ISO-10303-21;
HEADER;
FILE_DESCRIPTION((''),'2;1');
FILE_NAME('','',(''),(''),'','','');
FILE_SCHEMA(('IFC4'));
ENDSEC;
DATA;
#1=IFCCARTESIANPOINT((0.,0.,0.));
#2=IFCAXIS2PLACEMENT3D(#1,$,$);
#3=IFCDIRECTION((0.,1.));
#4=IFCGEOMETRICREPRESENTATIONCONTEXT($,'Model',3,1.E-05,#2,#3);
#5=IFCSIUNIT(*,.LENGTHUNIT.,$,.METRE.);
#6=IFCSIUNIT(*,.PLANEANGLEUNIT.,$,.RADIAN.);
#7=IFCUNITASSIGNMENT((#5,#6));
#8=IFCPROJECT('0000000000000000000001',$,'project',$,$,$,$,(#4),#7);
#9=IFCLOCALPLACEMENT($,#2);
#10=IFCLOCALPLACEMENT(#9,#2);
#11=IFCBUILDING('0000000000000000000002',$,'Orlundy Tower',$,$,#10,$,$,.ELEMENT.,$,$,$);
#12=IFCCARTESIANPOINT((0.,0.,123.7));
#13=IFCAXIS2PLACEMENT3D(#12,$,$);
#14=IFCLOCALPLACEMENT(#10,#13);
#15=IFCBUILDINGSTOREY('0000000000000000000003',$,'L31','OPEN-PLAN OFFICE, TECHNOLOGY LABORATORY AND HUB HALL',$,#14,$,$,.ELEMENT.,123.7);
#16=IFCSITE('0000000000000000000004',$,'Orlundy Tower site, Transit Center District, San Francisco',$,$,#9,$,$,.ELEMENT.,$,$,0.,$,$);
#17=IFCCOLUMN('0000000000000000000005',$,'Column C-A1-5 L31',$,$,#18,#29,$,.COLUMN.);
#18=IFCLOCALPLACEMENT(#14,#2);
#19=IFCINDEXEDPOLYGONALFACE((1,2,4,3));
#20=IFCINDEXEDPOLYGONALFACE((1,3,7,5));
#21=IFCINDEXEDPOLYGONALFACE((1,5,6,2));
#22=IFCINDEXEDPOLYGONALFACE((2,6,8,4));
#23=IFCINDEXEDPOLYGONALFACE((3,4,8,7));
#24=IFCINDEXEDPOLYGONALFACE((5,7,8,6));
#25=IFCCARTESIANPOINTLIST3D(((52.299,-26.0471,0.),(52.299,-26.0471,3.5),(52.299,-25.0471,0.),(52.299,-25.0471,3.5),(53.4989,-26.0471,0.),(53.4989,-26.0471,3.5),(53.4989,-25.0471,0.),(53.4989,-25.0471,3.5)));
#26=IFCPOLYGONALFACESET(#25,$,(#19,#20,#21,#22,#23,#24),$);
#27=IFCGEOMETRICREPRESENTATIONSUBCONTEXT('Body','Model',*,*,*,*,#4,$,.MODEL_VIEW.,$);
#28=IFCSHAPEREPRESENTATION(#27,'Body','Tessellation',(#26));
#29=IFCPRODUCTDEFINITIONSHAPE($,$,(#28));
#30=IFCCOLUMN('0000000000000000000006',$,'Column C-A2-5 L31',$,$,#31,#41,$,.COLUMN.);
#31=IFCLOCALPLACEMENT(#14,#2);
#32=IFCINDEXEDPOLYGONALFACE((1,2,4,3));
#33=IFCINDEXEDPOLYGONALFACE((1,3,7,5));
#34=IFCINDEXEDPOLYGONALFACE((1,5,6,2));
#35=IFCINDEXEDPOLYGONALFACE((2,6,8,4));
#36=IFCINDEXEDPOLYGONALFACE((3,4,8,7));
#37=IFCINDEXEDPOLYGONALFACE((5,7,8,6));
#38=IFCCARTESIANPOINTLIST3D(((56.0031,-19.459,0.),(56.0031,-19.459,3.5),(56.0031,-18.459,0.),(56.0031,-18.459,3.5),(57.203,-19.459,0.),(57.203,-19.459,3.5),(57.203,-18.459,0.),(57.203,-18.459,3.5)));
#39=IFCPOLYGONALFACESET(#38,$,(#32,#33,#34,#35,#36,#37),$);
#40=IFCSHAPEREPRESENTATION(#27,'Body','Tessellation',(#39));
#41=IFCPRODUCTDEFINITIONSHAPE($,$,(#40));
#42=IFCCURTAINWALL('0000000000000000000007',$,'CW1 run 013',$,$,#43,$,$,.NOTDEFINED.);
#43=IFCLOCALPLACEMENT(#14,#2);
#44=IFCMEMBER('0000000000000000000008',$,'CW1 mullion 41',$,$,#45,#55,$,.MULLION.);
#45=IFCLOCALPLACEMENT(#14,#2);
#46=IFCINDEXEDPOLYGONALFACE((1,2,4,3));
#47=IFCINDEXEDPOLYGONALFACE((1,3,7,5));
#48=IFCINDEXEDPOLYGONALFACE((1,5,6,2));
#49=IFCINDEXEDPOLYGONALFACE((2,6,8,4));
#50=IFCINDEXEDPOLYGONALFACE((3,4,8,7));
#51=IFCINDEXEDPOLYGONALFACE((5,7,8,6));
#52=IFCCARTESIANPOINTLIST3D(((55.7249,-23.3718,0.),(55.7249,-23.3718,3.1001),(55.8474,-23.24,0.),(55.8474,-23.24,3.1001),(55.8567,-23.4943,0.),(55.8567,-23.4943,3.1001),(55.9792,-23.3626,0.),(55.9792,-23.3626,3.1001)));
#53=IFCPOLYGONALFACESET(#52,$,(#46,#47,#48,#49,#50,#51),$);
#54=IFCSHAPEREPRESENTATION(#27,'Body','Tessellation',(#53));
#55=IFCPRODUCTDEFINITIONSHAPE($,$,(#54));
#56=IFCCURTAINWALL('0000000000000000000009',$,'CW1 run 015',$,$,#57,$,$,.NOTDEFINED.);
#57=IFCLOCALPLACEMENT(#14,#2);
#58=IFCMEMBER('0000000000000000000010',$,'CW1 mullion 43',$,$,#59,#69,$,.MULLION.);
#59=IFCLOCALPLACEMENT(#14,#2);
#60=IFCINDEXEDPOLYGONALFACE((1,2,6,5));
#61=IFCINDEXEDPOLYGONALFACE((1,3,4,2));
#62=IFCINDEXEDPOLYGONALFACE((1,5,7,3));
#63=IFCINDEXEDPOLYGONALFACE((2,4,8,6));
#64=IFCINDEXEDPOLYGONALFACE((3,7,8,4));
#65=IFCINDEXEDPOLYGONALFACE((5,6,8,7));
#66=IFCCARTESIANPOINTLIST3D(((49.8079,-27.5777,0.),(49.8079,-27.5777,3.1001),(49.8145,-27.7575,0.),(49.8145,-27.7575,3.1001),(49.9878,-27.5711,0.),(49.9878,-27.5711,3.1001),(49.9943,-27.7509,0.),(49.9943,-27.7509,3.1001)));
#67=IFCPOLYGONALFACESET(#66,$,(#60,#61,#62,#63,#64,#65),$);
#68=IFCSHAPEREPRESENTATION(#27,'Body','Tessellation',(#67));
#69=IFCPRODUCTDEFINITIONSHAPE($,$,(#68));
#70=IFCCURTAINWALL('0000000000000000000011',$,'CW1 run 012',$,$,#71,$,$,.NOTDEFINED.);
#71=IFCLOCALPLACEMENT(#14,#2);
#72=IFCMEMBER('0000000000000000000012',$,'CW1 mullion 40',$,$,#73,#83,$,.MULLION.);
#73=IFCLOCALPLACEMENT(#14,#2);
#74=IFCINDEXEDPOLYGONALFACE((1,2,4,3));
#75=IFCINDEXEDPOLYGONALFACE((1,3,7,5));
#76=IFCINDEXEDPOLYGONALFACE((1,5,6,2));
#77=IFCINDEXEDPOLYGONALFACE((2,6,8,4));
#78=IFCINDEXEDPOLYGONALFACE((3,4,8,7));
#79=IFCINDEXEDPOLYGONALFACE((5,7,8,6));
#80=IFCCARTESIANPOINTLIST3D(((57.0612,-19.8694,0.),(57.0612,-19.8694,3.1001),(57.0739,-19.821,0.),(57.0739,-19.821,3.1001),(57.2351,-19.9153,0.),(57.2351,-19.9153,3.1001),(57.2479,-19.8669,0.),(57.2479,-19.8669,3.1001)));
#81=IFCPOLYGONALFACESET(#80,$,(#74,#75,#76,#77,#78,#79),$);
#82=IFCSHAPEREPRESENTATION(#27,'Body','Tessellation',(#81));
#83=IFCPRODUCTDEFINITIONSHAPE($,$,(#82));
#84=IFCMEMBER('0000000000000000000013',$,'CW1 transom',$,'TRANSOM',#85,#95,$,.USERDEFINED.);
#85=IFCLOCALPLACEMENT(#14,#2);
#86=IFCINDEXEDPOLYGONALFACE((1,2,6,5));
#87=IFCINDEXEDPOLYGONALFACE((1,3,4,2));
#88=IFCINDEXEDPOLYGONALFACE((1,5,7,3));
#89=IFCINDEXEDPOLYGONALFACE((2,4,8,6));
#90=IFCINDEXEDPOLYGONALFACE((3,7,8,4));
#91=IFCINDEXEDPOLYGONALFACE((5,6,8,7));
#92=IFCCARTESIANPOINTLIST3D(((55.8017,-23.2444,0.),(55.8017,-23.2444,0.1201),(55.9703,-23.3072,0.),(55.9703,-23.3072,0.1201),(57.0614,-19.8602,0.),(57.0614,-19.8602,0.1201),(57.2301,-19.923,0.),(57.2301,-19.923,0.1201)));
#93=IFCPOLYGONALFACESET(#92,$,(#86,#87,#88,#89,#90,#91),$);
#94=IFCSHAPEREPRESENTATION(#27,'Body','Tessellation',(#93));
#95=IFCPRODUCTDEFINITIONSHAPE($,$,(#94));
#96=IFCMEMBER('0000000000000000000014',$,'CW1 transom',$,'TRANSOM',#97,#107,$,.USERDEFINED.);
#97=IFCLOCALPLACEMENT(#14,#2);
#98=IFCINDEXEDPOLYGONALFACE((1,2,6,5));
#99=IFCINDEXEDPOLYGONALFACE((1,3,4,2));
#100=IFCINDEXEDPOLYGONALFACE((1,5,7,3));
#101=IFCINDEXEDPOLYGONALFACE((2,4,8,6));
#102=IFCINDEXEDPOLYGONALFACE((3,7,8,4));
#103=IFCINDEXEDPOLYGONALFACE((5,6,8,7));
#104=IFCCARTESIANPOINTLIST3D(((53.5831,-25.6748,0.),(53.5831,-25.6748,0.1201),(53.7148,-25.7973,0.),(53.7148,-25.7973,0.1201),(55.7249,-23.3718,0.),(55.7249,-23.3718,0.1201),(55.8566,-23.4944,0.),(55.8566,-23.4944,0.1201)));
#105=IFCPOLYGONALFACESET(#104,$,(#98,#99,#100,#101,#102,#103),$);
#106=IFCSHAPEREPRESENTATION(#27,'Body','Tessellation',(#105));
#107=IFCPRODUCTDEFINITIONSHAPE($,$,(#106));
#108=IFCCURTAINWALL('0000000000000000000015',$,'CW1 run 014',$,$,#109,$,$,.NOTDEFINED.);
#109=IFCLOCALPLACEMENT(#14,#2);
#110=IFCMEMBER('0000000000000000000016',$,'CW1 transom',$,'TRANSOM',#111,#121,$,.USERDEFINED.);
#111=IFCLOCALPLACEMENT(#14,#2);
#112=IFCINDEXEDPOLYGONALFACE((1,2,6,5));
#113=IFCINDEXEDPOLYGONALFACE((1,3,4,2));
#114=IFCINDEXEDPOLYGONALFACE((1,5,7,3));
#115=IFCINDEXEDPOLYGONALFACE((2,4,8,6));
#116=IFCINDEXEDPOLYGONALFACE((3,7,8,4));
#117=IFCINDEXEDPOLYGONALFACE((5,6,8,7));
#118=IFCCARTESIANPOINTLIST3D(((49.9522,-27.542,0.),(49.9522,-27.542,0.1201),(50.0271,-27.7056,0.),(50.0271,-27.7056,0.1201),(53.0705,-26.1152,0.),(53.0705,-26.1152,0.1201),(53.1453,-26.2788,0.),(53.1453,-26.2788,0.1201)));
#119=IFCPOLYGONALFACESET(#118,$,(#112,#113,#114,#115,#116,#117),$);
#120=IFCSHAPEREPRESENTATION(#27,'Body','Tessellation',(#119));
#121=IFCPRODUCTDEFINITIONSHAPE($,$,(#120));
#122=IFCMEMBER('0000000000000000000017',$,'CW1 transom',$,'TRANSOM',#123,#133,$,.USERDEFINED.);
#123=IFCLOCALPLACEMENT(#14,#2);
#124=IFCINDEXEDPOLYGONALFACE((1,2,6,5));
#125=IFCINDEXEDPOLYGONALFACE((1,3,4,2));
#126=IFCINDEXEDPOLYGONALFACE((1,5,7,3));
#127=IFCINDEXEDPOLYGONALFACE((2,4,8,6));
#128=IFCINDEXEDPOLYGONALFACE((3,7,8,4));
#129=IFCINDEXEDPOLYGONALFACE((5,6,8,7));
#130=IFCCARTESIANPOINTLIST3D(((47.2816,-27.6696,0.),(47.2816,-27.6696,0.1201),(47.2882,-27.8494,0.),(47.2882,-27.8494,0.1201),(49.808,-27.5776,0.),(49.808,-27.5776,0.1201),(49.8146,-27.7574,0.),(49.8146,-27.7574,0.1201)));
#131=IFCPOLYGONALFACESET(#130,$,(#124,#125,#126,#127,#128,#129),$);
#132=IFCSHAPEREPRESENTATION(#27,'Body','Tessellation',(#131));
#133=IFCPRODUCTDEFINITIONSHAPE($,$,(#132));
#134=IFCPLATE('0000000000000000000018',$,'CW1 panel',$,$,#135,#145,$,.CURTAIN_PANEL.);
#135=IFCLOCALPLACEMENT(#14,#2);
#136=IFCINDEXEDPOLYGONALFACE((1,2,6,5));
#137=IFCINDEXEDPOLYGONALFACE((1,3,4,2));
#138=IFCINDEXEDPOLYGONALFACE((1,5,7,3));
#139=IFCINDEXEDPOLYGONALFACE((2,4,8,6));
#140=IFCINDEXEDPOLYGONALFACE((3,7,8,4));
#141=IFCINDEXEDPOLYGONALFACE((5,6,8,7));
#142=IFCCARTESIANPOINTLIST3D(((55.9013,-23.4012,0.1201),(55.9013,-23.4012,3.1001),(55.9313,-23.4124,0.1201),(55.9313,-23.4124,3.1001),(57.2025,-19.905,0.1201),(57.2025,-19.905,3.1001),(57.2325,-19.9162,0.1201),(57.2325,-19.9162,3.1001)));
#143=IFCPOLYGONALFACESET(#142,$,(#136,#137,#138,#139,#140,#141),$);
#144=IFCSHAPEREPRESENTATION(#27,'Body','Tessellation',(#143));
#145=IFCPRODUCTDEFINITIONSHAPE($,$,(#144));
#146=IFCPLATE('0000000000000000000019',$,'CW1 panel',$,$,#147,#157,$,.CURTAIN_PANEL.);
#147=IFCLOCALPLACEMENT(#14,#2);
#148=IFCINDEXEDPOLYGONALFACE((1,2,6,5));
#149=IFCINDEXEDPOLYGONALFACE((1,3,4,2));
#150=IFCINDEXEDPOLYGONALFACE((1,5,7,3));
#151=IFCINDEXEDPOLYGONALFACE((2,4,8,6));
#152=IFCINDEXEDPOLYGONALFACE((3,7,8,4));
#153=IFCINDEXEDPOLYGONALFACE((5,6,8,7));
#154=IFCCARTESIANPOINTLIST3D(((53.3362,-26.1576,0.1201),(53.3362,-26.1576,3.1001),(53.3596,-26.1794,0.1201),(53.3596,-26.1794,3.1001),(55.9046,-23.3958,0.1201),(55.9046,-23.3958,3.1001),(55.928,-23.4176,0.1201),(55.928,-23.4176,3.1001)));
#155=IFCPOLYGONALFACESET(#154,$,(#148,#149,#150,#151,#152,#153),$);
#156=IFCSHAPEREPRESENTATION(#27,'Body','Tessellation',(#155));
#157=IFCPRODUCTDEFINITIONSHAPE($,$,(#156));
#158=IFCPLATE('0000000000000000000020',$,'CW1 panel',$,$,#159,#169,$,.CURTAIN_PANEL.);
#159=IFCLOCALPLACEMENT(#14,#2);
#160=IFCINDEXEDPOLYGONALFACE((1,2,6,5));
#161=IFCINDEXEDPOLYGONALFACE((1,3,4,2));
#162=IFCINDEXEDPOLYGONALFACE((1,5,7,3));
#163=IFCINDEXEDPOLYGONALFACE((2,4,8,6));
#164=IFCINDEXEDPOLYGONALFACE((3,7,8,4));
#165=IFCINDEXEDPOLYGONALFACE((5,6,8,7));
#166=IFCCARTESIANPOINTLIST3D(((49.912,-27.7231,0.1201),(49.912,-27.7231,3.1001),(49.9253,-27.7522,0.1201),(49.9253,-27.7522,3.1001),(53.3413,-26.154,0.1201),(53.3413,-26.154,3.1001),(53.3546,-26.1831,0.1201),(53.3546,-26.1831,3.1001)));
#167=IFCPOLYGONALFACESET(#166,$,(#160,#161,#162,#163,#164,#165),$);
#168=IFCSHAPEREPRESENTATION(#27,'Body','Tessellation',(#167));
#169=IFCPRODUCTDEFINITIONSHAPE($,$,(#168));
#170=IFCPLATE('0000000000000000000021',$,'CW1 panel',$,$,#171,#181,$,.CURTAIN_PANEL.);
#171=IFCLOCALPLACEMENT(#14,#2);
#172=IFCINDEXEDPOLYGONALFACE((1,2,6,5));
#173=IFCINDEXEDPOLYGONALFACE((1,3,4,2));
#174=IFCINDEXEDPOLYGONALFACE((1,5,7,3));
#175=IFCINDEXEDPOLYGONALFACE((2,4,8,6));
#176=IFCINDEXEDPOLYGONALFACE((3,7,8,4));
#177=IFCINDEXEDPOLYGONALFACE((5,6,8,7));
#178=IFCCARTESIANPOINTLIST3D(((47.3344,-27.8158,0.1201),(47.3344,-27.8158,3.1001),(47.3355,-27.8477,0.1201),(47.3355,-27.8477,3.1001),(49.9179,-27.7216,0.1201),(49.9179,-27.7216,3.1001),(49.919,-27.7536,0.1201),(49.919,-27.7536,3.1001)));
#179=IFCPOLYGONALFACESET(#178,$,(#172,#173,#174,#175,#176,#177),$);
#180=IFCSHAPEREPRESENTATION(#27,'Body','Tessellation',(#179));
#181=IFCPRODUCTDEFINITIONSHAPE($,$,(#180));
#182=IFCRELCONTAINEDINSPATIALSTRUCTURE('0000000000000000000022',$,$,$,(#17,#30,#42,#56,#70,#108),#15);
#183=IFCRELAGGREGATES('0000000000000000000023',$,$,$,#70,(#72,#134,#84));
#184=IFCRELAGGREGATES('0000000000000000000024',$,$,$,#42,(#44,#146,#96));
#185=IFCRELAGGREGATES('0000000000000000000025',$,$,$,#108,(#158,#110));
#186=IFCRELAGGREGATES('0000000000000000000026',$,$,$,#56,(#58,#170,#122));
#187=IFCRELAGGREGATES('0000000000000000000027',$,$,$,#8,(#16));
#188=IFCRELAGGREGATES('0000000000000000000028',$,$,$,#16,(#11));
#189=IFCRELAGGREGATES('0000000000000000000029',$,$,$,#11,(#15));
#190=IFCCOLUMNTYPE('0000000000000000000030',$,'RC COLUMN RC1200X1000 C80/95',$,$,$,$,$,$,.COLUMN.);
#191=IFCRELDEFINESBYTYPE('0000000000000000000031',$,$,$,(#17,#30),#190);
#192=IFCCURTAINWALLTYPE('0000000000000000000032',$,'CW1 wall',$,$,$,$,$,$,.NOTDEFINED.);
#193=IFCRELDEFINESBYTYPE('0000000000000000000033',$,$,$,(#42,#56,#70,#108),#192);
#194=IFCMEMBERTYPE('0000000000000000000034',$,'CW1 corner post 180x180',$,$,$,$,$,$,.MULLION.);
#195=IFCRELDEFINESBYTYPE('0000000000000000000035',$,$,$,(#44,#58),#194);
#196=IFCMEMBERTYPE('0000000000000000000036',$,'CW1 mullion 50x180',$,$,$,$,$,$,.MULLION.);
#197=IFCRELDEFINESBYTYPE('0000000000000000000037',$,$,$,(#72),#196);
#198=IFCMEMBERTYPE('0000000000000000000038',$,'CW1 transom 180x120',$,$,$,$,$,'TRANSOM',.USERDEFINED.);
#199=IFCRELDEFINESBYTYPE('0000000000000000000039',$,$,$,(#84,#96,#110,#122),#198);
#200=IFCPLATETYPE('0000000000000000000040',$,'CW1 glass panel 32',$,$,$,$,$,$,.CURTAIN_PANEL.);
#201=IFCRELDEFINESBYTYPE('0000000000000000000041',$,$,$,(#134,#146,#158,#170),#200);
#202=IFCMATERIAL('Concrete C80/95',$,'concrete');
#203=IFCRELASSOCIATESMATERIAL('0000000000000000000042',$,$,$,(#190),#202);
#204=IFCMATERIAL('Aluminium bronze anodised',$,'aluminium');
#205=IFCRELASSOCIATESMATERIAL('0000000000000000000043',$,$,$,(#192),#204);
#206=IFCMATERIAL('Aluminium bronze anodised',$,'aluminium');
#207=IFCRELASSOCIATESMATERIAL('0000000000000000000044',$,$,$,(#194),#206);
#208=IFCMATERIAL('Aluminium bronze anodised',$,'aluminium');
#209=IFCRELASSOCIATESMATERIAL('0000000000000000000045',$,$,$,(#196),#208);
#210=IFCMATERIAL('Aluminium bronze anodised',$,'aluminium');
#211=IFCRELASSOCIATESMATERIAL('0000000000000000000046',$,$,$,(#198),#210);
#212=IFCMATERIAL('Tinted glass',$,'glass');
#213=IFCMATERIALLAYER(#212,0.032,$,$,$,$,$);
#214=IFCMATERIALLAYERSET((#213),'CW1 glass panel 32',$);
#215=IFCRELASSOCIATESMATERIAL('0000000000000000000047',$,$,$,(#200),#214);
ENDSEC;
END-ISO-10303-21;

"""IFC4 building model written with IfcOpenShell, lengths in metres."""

from ifc_helpers import new_model, si_unit, direction, frame, origin, origin_2d, place, context, subcontext, project, spatial, rectangle, extrude, material, layer, layer_set, material_profile, profile_set, type_object, element, aggregate, save


model = new_model("IFC4")

# Units and contexts
model_context = context("Model", 3, precision=1e-05, world=origin(), true_north=direction((0.0, 1.0)))
body_context = subcontext(model_context, "Body", "Model", "MODEL_VIEW")
ifc_project = project(units=[si_unit("LENGTHUNIT", "METRE"), si_unit("PLANEANGLEUNIT", "RADIAN")], contexts=[model_context])

# Site, building, storey
site_placement = place(None, origin())
site = spatial("IfcSite", under=ifc_project, at=site_placement, Name="Orlundy Tower site, Transit Center District, San Francisco", CompositionType="ELEMENT", RefElevation=0.0)
building_placement = place(site_placement, origin())
building = spatial("IfcBuilding", under=site, at=building_placement, Name="Orlundy Tower", CompositionType="ELEMENT")
storey_placement = place(building_placement, frame((0.0, 0.0, 123.7)))
storey = spatial("IfcBuildingStorey", under=building, at=storey_placement, Name="L31", Description="OPEN-PLAN OFFICE, TECHNOLOGY LABORATORY AND HUB HALL", CompositionType="ELEMENT", Elevation=123.7)

# Columns
ifc_material_1 = material(Name="Concrete C80/95", Category="concrete")
ifc_material_profile_1 = material_profile(ifc_material_1, rectangle(XDim=1.2, YDim=1.0, at=origin_2d()), Name="RC1200X1000")
ifc_profile_set_1 = profile_set([ifc_material_profile_1], Name="Concrete C80/95")
column_type = type_object("IfcColumnType", Name="RC COLUMN RC1200X1000 C80/95", PredefinedType="COLUMN", material=ifc_profile_set_1)
for number, where, z_axis, x_axis, name in (
    (1, (52.8989, -25.5471, 0.0), (0.0, 0.0, 1.0), (1.0, 0.0, 0.0), "Column C-A1-5 L31"),
    (2, (56.603, -18.959, 0.0), (0.0, 0.0, 1.0), (1.0, 0.0, 0.0), "Column C-A2-5 L31"),
):
    element("IfcColumn", number, at=place(storey_placement, frame(where, z_axis=z_axis, x_axis=x_axis)), inside=storey, type_object=column_type, Name=name, PredefinedType="COLUMN", context=body_context, shape_type="SweptSolid", body=[
        extrude(rectangle(XDim=1.2, YDim=1.0, at=origin_2d()), origin(), (0.0, 0.0, 1.0), 3.5),
    ])

# Curtain walls, members
ifc_material_2 = material(Name="Aluminium bronze anodised", Category="aluminium")
curtain_wall_type = type_object("IfcCurtainWallType", Name="CW1 wall", PredefinedType="NOTDEFINED", material=ifc_material_2)
curtain_wall_1_placement = place(storey_placement, origin())
curtain_wall_1 = element("IfcCurtainWall", 3, at=curtain_wall_1_placement, inside=storey, type_object=curtain_wall_type, Name="CW1 run 013", PredefinedType="NOTDEFINED")
ifc_material_3 = material(Name="Aluminium bronze anodised", Category="aluminium")
ifc_material_profile_2 = material_profile(ifc_material_3, rectangle(XDim=0.1799, YDim=0.1799, at=origin_2d()), Name="CW1 corner post 180x180")
ifc_profile_set_2 = profile_set([ifc_material_profile_2], Name="Aluminium bronze anodised")
member_type_1 = type_object("IfcMemberType", Name="CW1 corner post 180x180", PredefinedType="MULLION", material=ifc_profile_set_2)
member_1_placement = place(storey_placement, frame((55.8521, -23.3672, 0.0), z_axis=(0.0, 0.0, 1.0), x_axis=(0.732274, -0.68101, 0.0)))
member_1 = element("IfcMember", 4, at=member_1_placement, type_object=member_type_1, Name="CW1 mullion 41", PredefinedType="MULLION", context=body_context, shape_type="SweptSolid", body=[
    extrude(rectangle(XDim=0.1799, YDim=0.1799, at=origin_2d()), origin(), (0.0, 0.0, 1.0), 3.1001),
])
curtain_wall_2_placement = place(storey_placement, origin())
curtain_wall_2 = element("IfcCurtainWall", 5, at=curtain_wall_2_placement, inside=storey, type_object=curtain_wall_type, Name="CW1 run 015", PredefinedType="NOTDEFINED")
member_2_placement = place(storey_placement, frame((49.9011, -27.6643, 0.0), z_axis=(0.0, 0.0, 1.0), x_axis=(0.036413, -0.999337, 0.0)))
member_2 = element("IfcMember", 6, at=member_2_placement, type_object=member_type_1, Name="CW1 mullion 43", PredefinedType="MULLION", context=body_context, shape_type="SweptSolid", body=[
    extrude(rectangle(XDim=0.1799, YDim=0.1799, at=origin_2d()), origin(), (0.0, 0.0, 1.0), 3.1001),
])

# Curtain wall, members
curtain_wall_3_placement = place(storey_placement, origin())
curtain_wall_3 = element("IfcCurtainWall", 7, at=curtain_wall_3_placement, inside=storey, type_object=curtain_wall_type, Name="CW1 run 012", PredefinedType="NOTDEFINED")
ifc_material_4 = material(Name="Aluminium bronze anodised", Category="aluminium")
ifc_material_profile_3 = material_profile(ifc_material_4, rectangle(XDim=0.1799, YDim=0.05, at=origin_2d()), Name="CW1 mullion 50x180")
ifc_profile_set_3 = profile_set([ifc_material_profile_3], Name="Aluminium bronze anodised")
member_type_2 = type_object("IfcMemberType", Name="CW1 mullion 50x180", PredefinedType="MULLION", material=ifc_profile_set_3)
member_3_placement = place(storey_placement, frame((57.1545, -19.8682, 0.0), z_axis=(0.0, 0.0, 1.0), x_axis=(0.966861, -0.255302, 0.0)))
member_3 = element("IfcMember", 8, at=member_3_placement, type_object=member_type_2, Name="CW1 mullion 40", PredefinedType="MULLION", context=body_context, shape_type="SweptSolid", body=[
    extrude(rectangle(XDim=0.1799, YDim=0.05, at=origin_2d()), origin(), (0.0, 0.0, 1.0), 3.1001),
])
ifc_material_5 = material(Name="Aluminium bronze anodised", Category="aluminium")
ifc_material_profile_4 = material_profile(ifc_material_5, rectangle(XDim=0.1799, YDim=0.1201, at=origin_2d()), Name="CW1 transom 180x120")
ifc_profile_set_4 = profile_set([ifc_material_profile_4], Name="Aluminium bronze anodised")
member_type_3 = type_object("IfcMemberType", Name="CW1 transom 180x120", ElementType="TRANSOM", PredefinedType="USERDEFINED", material=ifc_profile_set_4)
member_4_placement = place(storey_placement, frame((57.1458, -19.8916, 0.0601), z_axis=(-0.348855, -0.937177, 0.0), x_axis=(0.937177, -0.348855, 0.0)))
member_4 = element("IfcMember", 9, at=member_4_placement, type_object=member_type_3, Name="CW1 transom", ObjectType="TRANSOM", PredefinedType="USERDEFINED", context=body_context, shape_type="SweptSolid", body=[
    extrude(rectangle(XDim=0.1799, YDim=0.1201, at=origin_2d()), origin(), (0.0, 0.0, 1.0), 3.6111),
])

# Member
member_5_placement = place(storey_placement, frame((55.7908, -23.4331, 0.0601), z_axis=(-0.681026, -0.73226, 0.0), x_axis=(0.73226, -0.681026, 0.0)))
member_5 = element("IfcMember", 10, at=member_5_placement, type_object=member_type_3, Name="CW1 transom", ObjectType="TRANSOM", PredefinedType="USERDEFINED", context=body_context, shape_type="SweptSolid", body=[
    extrude(rectangle(XDim=0.1799, YDim=0.1201, at=origin_2d()), origin(), (0.0, 0.0, 1.0), 3.145),
])

# Curtain wall, member
curtain_wall_4_placement = place(storey_placement, origin())
curtain_wall_4 = element("IfcCurtainWall", 11, at=curtain_wall_4_placement, inside=storey, type_object=curtain_wall_type, Name="CW1 run 014", PredefinedType="NOTDEFINED")
member_6_placement = place(storey_placement, frame((53.1079, -26.197, 0.0601), z_axis=(-0.90933, -0.416076, 0.0), x_axis=(0.416076, -0.90933, 0.0)))
member_6 = element("IfcMember", 12, at=member_6_placement, type_object=member_type_3, Name="CW1 transom", ObjectType="TRANSOM", PredefinedType="USERDEFINED", context=body_context, shape_type="SweptSolid", body=[
    extrude(rectangle(XDim=0.1799, YDim=0.1201, at=origin_2d()), origin(), (0.0, 0.0, 1.0), 3.4292),
])

# Member
member_7_placement = place(storey_placement, frame((49.8113, -27.6675, 0.0601), z_axis=(-0.999337, -0.036408, 0.0), x_axis=(0.036408, -0.999337, 0.0)))
member_7 = element("IfcMember", 13, at=member_7_placement, type_object=member_type_3, Name="CW1 transom", ObjectType="TRANSOM", PredefinedType="USERDEFINED", context=body_context, shape_type="SweptSolid", body=[
    extrude(rectangle(XDim=0.1799, YDim=0.1201, at=origin_2d()), origin(), (0.0, 0.0, 1.0), 2.5281),
])

# Plates
ifc_material_6 = material(Name="Tinted glass", Category="glass")
ifc_layer = layer(ifc_material_6, 0.032)
ifc_layer_set = layer_set([ifc_layer], Name="CW1 glass panel 32")
plate_type = type_object("IfcPlateType", Name="CW1 glass panel 32", PredefinedType="CURTAIN_PANEL", material=ifc_layer_set)
plate_1_placement = place(storey_placement, frame((56.5669, -21.6587, 0.1201), z_axis=(0.0, 0.0, 1.0), x_axis=(-0.348816, -0.937191, 0.0)))
plate_1 = element("IfcPlate", 14, at=plate_1_placement, type_object=plate_type, Name="CW1 panel", PredefinedType="CURTAIN_PANEL", context=body_context, shape_type="SweptSolid", body=[
    extrude(rectangle(XDim=3.7305, YDim=0.032, at=origin_2d()), origin(), (0.0, 0.0, 1.0), 2.98),
])
aggregate(curtain_wall_3, [member_3, plate_1, member_4])
plate_2_placement = place(storey_placement, frame((54.6321, -24.7876, 0.1201), z_axis=(0.0, 0.0, 1.0), x_axis=(-0.68101, -0.732274, 0.0)))
plate_2 = element("IfcPlate", 15, at=plate_2_placement, type_object=plate_type, Name="CW1 panel", PredefinedType="CURTAIN_PANEL", context=body_context, shape_type="SweptSolid", body=[
    extrude(rectangle(XDim=3.7715, YDim=0.032, at=origin_2d()), origin(), (0.0, 0.0, 1.0), 2.98),
])
aggregate(curtain_wall_1, [member_1, plate_2, member_5])
plate_3_placement = place(storey_placement, frame((51.6333, -26.9531, 0.1201), z_axis=(0.0, 0.0, 1.0), x_axis=(-0.909329, -0.416079, 0.0)))
plate_3 = element("IfcPlate", 16, at=plate_3_placement, type_object=plate_type, Name="CW1 panel", PredefinedType="CURTAIN_PANEL", context=body_context, shape_type="SweptSolid", body=[
    extrude(rectangle(XDim=3.7712, YDim=0.032, at=origin_2d()), origin(), (0.0, 0.0, 1.0), 2.98),
])
aggregate(curtain_wall_4, [plate_3, member_6])
plate_4_placement = place(storey_placement, frame((48.6267, -27.7847, 0.1201), z_axis=(0.0, 0.0, 1.0), x_axis=(-0.999337, -0.036413, 0.0)))
plate_4 = element("IfcPlate", 17, at=plate_4_placement, type_object=plate_type, Name="CW1 panel", PredefinedType="CURTAIN_PANEL", context=body_context, shape_type="SweptSolid", body=[
    extrude(rectangle(XDim=2.5852, YDim=0.032, at=origin_2d()), origin(), (0.0, 0.0, 1.0), 2.98),
])
aggregate(curtain_wall_2, [member_2, plate_4, member_7])

save(model, "model.ifc")
